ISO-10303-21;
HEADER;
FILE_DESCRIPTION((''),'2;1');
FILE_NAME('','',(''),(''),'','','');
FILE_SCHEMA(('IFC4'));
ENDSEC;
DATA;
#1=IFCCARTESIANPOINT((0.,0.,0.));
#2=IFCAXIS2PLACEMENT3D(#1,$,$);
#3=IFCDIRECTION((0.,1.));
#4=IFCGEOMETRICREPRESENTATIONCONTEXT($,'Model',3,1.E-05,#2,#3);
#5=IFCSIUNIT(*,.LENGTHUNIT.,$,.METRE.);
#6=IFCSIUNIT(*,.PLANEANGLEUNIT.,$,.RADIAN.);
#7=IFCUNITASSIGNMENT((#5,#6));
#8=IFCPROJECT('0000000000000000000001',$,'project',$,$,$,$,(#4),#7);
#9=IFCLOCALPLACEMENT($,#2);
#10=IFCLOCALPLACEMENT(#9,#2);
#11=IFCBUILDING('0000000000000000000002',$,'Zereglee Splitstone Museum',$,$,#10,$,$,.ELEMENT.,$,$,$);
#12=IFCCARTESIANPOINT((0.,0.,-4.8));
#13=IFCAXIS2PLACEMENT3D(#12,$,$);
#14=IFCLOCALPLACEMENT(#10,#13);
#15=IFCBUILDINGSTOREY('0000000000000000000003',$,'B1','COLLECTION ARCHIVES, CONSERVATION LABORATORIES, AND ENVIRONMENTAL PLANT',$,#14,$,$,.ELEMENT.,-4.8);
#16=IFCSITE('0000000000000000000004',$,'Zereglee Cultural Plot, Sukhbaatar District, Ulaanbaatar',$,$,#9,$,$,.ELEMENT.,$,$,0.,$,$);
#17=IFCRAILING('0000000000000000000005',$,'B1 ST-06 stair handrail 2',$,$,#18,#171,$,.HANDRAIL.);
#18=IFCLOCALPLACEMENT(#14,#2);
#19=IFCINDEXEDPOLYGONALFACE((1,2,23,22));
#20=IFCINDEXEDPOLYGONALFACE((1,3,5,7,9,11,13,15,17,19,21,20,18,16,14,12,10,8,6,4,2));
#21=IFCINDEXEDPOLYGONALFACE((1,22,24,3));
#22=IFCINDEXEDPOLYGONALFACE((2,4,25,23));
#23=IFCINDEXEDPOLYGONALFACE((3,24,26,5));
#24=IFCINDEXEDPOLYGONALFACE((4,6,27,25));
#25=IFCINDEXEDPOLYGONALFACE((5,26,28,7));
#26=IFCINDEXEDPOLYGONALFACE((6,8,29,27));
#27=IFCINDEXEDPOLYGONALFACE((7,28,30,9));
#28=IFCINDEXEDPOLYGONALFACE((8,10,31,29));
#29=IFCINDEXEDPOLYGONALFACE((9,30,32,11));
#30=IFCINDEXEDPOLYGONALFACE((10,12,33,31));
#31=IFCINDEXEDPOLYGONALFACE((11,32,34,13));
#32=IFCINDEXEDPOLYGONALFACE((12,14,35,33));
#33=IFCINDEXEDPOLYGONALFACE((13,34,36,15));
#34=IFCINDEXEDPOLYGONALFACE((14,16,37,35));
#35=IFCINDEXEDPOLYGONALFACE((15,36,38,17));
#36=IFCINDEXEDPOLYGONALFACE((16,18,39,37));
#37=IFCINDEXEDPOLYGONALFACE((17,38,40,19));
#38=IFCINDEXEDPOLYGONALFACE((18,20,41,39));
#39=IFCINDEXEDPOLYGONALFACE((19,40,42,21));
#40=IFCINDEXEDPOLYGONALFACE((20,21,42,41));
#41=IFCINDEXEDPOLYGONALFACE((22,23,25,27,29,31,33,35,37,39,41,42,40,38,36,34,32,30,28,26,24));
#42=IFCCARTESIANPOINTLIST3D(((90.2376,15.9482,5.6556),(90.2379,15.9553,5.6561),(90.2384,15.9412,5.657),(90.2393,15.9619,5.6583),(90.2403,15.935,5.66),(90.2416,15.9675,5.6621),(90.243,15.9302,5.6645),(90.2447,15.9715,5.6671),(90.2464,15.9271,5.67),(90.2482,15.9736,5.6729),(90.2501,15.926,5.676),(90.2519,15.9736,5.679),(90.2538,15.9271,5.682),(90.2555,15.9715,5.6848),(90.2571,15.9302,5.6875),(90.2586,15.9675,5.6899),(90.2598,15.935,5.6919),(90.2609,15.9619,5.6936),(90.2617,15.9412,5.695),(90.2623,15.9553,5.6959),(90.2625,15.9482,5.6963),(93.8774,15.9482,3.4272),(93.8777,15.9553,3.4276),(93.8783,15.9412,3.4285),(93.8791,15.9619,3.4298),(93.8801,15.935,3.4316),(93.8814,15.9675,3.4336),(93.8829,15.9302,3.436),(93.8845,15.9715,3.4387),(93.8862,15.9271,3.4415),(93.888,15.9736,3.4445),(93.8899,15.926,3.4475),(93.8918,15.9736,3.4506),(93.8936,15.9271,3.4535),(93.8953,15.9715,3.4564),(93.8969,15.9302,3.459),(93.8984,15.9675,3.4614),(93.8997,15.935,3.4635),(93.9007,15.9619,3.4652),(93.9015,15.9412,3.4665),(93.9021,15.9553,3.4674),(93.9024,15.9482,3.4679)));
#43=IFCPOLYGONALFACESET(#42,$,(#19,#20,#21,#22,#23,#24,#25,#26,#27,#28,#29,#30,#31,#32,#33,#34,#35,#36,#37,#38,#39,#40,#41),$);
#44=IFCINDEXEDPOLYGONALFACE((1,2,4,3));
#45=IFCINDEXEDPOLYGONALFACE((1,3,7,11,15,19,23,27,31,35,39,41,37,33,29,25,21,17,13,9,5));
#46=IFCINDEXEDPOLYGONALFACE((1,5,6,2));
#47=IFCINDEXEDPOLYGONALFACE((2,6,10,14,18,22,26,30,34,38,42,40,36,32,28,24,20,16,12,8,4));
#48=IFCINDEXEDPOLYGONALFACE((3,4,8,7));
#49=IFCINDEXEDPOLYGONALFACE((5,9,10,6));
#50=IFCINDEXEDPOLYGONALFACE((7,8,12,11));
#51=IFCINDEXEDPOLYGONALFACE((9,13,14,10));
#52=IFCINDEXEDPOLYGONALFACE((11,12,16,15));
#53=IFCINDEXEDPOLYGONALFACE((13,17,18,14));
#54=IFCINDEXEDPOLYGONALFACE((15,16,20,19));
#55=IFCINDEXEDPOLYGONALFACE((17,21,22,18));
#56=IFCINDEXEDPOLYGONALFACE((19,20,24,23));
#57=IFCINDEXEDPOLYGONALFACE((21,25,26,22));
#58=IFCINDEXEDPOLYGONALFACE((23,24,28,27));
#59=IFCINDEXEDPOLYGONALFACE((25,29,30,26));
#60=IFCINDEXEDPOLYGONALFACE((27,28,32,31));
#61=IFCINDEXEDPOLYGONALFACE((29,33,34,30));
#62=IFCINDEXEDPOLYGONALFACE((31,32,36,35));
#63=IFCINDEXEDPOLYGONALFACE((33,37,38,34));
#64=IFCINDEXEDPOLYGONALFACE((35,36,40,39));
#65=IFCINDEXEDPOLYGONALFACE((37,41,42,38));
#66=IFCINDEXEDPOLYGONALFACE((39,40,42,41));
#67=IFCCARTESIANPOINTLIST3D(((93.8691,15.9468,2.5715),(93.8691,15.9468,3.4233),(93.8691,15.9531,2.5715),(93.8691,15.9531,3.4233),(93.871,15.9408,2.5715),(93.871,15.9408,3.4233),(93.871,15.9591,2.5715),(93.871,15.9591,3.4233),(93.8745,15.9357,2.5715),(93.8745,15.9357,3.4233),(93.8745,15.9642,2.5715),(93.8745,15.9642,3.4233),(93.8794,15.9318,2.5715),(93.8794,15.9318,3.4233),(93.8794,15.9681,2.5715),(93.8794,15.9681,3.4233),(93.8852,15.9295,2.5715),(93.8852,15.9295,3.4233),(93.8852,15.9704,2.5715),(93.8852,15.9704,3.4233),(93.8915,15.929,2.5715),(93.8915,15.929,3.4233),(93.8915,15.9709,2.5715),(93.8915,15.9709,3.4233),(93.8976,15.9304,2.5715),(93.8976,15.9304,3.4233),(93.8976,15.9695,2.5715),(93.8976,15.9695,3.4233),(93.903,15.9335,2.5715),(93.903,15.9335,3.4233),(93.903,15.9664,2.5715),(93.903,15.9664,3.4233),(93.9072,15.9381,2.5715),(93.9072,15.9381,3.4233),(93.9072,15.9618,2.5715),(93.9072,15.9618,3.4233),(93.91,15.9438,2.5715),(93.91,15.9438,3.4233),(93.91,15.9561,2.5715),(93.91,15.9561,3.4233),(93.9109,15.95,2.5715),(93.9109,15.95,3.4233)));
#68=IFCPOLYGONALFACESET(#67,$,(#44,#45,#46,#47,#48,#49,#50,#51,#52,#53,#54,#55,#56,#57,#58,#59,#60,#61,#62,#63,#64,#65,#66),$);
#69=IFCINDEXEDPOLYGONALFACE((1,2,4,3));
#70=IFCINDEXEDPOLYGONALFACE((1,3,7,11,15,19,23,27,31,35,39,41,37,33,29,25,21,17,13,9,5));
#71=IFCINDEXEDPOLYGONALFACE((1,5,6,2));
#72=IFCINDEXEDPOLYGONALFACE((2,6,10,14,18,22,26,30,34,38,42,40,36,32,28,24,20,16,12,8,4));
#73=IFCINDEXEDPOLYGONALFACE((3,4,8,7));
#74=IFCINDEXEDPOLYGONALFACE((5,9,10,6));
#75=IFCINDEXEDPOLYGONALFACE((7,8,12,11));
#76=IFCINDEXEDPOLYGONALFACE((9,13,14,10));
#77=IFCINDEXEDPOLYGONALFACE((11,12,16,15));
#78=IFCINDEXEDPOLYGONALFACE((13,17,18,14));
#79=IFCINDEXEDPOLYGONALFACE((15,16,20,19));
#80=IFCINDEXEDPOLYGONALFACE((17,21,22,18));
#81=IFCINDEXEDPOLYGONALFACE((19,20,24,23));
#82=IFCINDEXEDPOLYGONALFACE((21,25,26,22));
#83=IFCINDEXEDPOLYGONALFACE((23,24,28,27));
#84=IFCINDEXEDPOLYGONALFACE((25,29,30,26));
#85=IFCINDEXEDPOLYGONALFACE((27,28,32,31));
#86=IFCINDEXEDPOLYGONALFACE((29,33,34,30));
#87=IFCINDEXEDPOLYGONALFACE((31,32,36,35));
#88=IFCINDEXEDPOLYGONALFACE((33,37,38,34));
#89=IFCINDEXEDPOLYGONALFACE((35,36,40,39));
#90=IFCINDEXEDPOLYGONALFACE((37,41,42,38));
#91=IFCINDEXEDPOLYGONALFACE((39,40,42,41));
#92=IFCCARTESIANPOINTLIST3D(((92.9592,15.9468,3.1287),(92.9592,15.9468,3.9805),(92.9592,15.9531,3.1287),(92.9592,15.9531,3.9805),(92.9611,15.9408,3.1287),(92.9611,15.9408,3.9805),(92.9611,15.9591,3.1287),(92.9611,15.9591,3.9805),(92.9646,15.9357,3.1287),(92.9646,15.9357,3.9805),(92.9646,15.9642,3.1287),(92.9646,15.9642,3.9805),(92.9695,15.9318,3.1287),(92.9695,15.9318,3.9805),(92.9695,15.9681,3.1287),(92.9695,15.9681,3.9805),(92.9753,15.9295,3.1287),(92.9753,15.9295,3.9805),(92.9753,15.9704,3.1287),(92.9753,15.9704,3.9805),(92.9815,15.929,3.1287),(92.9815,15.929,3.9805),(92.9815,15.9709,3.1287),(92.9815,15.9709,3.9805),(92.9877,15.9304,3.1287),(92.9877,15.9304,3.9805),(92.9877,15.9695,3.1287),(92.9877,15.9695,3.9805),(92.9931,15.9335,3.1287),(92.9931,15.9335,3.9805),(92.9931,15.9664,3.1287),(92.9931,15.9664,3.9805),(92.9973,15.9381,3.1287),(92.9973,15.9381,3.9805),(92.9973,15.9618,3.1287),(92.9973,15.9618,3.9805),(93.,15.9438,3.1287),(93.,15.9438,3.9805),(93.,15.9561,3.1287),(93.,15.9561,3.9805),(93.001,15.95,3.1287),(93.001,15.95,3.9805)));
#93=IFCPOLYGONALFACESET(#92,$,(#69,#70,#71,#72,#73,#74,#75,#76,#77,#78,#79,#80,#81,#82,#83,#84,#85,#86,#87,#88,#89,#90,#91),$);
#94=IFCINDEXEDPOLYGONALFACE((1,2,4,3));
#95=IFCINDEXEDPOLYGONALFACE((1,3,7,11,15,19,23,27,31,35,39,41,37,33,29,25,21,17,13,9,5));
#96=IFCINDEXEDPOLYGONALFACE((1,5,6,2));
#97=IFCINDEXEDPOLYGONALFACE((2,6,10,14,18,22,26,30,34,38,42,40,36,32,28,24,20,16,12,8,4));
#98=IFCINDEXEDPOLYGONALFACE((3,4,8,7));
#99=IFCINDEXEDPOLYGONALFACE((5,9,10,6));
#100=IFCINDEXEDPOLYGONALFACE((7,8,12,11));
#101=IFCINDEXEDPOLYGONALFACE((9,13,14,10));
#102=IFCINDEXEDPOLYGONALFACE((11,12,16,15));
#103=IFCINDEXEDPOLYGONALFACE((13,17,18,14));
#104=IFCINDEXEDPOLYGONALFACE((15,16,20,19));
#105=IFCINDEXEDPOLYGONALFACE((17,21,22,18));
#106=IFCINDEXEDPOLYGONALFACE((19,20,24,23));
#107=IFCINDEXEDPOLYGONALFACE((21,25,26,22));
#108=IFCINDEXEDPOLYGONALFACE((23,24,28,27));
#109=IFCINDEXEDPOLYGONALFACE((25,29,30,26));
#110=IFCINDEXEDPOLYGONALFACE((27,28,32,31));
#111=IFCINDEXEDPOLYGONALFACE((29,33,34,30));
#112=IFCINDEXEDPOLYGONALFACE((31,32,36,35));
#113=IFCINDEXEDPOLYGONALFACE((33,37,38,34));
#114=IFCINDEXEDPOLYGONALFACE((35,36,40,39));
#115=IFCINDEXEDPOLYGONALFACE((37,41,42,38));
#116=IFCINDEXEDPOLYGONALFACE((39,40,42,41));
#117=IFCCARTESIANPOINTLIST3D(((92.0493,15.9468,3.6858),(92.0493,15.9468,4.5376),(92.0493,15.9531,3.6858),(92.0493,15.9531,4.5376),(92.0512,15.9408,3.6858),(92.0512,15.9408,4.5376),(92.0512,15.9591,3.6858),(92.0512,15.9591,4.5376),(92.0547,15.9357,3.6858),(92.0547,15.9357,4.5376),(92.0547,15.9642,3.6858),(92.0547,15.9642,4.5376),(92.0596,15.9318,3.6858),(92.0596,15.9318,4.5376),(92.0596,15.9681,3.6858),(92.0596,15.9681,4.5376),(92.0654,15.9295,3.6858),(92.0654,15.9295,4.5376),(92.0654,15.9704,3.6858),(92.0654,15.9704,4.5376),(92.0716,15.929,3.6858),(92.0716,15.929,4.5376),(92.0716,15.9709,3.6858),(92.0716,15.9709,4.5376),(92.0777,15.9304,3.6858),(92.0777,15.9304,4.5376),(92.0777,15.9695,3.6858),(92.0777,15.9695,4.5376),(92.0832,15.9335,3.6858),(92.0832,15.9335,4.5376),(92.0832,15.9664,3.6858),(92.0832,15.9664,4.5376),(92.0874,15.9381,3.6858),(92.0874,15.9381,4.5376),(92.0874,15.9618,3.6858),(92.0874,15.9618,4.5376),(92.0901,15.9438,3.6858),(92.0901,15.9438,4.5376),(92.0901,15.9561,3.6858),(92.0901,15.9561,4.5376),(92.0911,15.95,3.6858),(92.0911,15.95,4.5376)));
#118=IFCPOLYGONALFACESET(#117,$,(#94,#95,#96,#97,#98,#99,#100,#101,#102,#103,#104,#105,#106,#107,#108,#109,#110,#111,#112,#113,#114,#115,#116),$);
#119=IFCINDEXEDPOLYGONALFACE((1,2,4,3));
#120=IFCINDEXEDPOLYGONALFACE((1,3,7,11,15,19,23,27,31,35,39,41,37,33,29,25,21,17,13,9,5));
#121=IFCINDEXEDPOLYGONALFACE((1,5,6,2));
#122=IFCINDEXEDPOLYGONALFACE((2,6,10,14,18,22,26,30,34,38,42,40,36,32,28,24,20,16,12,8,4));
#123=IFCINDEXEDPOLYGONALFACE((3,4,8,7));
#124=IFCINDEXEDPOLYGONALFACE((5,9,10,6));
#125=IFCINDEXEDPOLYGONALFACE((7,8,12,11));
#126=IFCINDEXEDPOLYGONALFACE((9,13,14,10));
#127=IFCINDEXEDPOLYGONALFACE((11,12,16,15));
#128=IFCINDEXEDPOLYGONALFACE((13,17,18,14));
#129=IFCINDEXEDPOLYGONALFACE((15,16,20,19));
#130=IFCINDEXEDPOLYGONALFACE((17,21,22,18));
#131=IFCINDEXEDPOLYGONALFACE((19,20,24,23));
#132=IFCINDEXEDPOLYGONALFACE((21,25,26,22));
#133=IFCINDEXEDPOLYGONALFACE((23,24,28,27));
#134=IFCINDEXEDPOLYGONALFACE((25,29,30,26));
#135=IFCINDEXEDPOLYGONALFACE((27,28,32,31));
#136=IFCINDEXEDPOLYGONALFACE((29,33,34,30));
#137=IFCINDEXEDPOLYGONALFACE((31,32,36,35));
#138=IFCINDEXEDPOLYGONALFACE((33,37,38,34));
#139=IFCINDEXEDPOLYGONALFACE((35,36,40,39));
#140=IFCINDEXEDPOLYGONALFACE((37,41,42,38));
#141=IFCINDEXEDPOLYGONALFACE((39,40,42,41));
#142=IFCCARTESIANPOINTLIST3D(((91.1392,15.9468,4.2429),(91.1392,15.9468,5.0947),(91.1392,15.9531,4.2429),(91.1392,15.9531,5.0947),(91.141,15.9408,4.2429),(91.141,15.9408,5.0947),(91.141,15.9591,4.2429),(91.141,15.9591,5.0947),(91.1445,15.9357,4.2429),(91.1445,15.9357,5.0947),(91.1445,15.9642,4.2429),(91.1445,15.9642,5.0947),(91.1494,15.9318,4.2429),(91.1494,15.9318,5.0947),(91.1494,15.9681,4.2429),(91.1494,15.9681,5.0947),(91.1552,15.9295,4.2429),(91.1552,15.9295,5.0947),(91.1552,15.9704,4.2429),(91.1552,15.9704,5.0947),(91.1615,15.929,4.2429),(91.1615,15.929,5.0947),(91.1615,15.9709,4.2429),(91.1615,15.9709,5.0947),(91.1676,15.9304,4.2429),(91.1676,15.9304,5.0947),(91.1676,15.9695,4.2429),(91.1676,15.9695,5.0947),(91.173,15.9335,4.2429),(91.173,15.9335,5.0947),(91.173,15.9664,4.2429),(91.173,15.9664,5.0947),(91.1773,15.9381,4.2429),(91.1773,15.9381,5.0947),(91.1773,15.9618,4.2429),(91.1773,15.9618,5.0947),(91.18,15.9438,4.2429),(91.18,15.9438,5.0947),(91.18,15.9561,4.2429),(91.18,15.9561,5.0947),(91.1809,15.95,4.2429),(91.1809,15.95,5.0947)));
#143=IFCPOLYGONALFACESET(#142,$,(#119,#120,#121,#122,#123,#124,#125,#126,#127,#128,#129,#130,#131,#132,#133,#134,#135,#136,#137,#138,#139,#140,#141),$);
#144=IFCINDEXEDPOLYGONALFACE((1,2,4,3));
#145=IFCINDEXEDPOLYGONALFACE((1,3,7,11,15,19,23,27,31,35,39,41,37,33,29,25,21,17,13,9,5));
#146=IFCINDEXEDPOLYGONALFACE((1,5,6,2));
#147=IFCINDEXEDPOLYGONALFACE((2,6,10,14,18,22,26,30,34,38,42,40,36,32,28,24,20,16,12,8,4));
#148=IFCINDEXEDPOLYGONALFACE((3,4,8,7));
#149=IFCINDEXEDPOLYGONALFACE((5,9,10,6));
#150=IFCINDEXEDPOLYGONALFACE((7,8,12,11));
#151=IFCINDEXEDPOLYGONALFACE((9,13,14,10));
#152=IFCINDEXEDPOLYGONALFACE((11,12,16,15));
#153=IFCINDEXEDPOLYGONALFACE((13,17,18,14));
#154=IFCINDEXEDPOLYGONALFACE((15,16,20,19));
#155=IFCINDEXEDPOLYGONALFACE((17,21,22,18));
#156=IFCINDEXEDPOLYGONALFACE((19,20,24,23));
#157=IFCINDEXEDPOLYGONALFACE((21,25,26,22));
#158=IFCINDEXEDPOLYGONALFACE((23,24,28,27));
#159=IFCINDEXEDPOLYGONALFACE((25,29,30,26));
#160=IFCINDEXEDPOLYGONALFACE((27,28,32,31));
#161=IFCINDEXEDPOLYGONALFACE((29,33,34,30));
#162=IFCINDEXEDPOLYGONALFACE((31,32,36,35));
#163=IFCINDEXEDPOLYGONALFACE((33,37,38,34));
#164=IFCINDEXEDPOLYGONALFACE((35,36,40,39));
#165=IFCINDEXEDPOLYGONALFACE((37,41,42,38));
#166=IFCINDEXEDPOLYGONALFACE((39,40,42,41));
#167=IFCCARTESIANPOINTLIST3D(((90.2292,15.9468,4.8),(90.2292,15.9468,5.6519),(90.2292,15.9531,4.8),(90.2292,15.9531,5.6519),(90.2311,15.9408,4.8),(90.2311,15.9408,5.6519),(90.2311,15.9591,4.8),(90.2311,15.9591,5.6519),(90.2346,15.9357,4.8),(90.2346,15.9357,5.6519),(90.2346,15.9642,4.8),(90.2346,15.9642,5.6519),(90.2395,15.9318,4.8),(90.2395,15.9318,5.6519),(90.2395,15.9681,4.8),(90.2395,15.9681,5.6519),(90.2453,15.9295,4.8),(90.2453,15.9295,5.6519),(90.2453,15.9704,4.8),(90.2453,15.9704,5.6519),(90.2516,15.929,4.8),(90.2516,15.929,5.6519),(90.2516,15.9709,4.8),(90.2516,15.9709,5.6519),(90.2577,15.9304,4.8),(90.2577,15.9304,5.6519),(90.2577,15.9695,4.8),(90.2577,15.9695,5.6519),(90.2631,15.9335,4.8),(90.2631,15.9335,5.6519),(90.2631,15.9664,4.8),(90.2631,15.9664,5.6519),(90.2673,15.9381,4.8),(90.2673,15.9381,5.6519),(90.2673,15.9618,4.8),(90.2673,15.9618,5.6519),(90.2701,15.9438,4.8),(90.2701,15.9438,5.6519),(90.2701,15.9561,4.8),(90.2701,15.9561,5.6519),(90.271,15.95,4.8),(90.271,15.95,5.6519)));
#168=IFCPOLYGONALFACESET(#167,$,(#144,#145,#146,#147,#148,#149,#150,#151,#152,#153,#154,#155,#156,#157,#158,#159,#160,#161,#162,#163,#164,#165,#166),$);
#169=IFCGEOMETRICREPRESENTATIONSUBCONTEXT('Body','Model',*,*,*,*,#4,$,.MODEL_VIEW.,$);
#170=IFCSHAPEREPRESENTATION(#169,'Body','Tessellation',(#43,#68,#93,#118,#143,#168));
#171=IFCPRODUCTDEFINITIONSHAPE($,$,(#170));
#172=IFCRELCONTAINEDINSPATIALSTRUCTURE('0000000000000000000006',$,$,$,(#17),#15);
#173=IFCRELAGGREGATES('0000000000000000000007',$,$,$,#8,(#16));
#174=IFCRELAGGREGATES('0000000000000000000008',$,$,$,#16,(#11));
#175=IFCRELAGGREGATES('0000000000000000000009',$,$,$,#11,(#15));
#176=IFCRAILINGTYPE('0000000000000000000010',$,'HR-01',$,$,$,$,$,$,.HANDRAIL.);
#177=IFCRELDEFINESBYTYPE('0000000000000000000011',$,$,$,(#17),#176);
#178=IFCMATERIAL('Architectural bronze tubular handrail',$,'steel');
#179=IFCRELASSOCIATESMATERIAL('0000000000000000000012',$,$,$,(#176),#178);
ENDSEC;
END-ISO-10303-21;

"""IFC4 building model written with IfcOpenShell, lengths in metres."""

from ifc_helpers import new_model, si_unit, direction, frame, origin, origin_2d, place, context, subcontext, project, spatial, circle, extrude, material, type_object, element, save


model = new_model("IFC4")

# Units and contexts
model_context = context("Model", 3, precision=1e-05, world=origin(), true_north=direction((0.0, 1.0)))
body_context = subcontext(model_context, "Body", "Model", "MODEL_VIEW")
ifc_project = project(units=[si_unit("LENGTHUNIT", "METRE"), si_unit("PLANEANGLEUNIT", "RADIAN")], contexts=[model_context])

# Site, building, storey
site_placement = place(None, origin())
site = spatial("IfcSite", under=ifc_project, at=site_placement, Name="Zereglee Cultural Plot, Sukhbaatar District, Ulaanbaatar", CompositionType="ELEMENT", RefElevation=0.0)
building_placement = place(site_placement, origin())
building = spatial("IfcBuilding", under=site, at=building_placement, Name="Zereglee Splitstone Museum", CompositionType="ELEMENT")
storey_placement = place(building_placement, frame((0.0, 0.0, -4.8)))
storey = spatial("IfcBuildingStorey", under=building, at=storey_placement, Name="B1", Description="COLLECTION ARCHIVES, CONSERVATION LABORATORIES, AND ENVIRONMENTAL PLANT", CompositionType="ELEMENT", Elevation=-4.8)

# Railing
ifc_material_1 = material(Name="Architectural bronze tubular handrail", Category="steel")
railing_type_1 = type_object("IfcRailingType", Name="HR-01", PredefinedType="HANDRAIL", material=ifc_material_1)
railing_1_placement = place(storey_placement, frame((93.8899, 15.95, 2.5715)))
element("IfcRailing", 1, at=railing_1_placement, inside=storey, type_object=railing_type_1, Name="B1 ST-06 stair handrail 2", PredefinedType="HANDRAIL", context=body_context, shape_type="SweptSolid", body=[
    extrude(circle(Radius=0.0239, at=origin_2d()), frame((0.0, 0.0, 0.876), z_axis=(-0.85285, 0.0, 0.522156), x_axis=(0.0, -1.0, 0.0)), (0.0, 0.0, 1.0), 4.2678),
    extrude(circle(Radius=0.021, at=origin_2d()), origin(), (0.0, 0.0, 1.0), 0.8518),
    extrude(circle(Radius=0.021, at=origin_2d()), frame((-0.9099, 0.0, 0.5571)), (0.0, 0.0, 1.0), 0.8518),
    extrude(circle(Radius=0.021, at=origin_2d()), frame((-1.8198, 0.0, 1.1143)), (0.0, 0.0, 1.0), 0.8518),
    extrude(circle(Radius=0.021, at=origin_2d()), frame((-2.73, 0.0, 1.6714)), (0.0, 0.0, 1.0), 0.8518),
    extrude(circle(Radius=0.021, at=origin_2d()), frame((-3.6399, 0.0, 2.2285)), (0.0, 0.0, 1.0), 0.8518),
])

save(model, "model.ifc")
